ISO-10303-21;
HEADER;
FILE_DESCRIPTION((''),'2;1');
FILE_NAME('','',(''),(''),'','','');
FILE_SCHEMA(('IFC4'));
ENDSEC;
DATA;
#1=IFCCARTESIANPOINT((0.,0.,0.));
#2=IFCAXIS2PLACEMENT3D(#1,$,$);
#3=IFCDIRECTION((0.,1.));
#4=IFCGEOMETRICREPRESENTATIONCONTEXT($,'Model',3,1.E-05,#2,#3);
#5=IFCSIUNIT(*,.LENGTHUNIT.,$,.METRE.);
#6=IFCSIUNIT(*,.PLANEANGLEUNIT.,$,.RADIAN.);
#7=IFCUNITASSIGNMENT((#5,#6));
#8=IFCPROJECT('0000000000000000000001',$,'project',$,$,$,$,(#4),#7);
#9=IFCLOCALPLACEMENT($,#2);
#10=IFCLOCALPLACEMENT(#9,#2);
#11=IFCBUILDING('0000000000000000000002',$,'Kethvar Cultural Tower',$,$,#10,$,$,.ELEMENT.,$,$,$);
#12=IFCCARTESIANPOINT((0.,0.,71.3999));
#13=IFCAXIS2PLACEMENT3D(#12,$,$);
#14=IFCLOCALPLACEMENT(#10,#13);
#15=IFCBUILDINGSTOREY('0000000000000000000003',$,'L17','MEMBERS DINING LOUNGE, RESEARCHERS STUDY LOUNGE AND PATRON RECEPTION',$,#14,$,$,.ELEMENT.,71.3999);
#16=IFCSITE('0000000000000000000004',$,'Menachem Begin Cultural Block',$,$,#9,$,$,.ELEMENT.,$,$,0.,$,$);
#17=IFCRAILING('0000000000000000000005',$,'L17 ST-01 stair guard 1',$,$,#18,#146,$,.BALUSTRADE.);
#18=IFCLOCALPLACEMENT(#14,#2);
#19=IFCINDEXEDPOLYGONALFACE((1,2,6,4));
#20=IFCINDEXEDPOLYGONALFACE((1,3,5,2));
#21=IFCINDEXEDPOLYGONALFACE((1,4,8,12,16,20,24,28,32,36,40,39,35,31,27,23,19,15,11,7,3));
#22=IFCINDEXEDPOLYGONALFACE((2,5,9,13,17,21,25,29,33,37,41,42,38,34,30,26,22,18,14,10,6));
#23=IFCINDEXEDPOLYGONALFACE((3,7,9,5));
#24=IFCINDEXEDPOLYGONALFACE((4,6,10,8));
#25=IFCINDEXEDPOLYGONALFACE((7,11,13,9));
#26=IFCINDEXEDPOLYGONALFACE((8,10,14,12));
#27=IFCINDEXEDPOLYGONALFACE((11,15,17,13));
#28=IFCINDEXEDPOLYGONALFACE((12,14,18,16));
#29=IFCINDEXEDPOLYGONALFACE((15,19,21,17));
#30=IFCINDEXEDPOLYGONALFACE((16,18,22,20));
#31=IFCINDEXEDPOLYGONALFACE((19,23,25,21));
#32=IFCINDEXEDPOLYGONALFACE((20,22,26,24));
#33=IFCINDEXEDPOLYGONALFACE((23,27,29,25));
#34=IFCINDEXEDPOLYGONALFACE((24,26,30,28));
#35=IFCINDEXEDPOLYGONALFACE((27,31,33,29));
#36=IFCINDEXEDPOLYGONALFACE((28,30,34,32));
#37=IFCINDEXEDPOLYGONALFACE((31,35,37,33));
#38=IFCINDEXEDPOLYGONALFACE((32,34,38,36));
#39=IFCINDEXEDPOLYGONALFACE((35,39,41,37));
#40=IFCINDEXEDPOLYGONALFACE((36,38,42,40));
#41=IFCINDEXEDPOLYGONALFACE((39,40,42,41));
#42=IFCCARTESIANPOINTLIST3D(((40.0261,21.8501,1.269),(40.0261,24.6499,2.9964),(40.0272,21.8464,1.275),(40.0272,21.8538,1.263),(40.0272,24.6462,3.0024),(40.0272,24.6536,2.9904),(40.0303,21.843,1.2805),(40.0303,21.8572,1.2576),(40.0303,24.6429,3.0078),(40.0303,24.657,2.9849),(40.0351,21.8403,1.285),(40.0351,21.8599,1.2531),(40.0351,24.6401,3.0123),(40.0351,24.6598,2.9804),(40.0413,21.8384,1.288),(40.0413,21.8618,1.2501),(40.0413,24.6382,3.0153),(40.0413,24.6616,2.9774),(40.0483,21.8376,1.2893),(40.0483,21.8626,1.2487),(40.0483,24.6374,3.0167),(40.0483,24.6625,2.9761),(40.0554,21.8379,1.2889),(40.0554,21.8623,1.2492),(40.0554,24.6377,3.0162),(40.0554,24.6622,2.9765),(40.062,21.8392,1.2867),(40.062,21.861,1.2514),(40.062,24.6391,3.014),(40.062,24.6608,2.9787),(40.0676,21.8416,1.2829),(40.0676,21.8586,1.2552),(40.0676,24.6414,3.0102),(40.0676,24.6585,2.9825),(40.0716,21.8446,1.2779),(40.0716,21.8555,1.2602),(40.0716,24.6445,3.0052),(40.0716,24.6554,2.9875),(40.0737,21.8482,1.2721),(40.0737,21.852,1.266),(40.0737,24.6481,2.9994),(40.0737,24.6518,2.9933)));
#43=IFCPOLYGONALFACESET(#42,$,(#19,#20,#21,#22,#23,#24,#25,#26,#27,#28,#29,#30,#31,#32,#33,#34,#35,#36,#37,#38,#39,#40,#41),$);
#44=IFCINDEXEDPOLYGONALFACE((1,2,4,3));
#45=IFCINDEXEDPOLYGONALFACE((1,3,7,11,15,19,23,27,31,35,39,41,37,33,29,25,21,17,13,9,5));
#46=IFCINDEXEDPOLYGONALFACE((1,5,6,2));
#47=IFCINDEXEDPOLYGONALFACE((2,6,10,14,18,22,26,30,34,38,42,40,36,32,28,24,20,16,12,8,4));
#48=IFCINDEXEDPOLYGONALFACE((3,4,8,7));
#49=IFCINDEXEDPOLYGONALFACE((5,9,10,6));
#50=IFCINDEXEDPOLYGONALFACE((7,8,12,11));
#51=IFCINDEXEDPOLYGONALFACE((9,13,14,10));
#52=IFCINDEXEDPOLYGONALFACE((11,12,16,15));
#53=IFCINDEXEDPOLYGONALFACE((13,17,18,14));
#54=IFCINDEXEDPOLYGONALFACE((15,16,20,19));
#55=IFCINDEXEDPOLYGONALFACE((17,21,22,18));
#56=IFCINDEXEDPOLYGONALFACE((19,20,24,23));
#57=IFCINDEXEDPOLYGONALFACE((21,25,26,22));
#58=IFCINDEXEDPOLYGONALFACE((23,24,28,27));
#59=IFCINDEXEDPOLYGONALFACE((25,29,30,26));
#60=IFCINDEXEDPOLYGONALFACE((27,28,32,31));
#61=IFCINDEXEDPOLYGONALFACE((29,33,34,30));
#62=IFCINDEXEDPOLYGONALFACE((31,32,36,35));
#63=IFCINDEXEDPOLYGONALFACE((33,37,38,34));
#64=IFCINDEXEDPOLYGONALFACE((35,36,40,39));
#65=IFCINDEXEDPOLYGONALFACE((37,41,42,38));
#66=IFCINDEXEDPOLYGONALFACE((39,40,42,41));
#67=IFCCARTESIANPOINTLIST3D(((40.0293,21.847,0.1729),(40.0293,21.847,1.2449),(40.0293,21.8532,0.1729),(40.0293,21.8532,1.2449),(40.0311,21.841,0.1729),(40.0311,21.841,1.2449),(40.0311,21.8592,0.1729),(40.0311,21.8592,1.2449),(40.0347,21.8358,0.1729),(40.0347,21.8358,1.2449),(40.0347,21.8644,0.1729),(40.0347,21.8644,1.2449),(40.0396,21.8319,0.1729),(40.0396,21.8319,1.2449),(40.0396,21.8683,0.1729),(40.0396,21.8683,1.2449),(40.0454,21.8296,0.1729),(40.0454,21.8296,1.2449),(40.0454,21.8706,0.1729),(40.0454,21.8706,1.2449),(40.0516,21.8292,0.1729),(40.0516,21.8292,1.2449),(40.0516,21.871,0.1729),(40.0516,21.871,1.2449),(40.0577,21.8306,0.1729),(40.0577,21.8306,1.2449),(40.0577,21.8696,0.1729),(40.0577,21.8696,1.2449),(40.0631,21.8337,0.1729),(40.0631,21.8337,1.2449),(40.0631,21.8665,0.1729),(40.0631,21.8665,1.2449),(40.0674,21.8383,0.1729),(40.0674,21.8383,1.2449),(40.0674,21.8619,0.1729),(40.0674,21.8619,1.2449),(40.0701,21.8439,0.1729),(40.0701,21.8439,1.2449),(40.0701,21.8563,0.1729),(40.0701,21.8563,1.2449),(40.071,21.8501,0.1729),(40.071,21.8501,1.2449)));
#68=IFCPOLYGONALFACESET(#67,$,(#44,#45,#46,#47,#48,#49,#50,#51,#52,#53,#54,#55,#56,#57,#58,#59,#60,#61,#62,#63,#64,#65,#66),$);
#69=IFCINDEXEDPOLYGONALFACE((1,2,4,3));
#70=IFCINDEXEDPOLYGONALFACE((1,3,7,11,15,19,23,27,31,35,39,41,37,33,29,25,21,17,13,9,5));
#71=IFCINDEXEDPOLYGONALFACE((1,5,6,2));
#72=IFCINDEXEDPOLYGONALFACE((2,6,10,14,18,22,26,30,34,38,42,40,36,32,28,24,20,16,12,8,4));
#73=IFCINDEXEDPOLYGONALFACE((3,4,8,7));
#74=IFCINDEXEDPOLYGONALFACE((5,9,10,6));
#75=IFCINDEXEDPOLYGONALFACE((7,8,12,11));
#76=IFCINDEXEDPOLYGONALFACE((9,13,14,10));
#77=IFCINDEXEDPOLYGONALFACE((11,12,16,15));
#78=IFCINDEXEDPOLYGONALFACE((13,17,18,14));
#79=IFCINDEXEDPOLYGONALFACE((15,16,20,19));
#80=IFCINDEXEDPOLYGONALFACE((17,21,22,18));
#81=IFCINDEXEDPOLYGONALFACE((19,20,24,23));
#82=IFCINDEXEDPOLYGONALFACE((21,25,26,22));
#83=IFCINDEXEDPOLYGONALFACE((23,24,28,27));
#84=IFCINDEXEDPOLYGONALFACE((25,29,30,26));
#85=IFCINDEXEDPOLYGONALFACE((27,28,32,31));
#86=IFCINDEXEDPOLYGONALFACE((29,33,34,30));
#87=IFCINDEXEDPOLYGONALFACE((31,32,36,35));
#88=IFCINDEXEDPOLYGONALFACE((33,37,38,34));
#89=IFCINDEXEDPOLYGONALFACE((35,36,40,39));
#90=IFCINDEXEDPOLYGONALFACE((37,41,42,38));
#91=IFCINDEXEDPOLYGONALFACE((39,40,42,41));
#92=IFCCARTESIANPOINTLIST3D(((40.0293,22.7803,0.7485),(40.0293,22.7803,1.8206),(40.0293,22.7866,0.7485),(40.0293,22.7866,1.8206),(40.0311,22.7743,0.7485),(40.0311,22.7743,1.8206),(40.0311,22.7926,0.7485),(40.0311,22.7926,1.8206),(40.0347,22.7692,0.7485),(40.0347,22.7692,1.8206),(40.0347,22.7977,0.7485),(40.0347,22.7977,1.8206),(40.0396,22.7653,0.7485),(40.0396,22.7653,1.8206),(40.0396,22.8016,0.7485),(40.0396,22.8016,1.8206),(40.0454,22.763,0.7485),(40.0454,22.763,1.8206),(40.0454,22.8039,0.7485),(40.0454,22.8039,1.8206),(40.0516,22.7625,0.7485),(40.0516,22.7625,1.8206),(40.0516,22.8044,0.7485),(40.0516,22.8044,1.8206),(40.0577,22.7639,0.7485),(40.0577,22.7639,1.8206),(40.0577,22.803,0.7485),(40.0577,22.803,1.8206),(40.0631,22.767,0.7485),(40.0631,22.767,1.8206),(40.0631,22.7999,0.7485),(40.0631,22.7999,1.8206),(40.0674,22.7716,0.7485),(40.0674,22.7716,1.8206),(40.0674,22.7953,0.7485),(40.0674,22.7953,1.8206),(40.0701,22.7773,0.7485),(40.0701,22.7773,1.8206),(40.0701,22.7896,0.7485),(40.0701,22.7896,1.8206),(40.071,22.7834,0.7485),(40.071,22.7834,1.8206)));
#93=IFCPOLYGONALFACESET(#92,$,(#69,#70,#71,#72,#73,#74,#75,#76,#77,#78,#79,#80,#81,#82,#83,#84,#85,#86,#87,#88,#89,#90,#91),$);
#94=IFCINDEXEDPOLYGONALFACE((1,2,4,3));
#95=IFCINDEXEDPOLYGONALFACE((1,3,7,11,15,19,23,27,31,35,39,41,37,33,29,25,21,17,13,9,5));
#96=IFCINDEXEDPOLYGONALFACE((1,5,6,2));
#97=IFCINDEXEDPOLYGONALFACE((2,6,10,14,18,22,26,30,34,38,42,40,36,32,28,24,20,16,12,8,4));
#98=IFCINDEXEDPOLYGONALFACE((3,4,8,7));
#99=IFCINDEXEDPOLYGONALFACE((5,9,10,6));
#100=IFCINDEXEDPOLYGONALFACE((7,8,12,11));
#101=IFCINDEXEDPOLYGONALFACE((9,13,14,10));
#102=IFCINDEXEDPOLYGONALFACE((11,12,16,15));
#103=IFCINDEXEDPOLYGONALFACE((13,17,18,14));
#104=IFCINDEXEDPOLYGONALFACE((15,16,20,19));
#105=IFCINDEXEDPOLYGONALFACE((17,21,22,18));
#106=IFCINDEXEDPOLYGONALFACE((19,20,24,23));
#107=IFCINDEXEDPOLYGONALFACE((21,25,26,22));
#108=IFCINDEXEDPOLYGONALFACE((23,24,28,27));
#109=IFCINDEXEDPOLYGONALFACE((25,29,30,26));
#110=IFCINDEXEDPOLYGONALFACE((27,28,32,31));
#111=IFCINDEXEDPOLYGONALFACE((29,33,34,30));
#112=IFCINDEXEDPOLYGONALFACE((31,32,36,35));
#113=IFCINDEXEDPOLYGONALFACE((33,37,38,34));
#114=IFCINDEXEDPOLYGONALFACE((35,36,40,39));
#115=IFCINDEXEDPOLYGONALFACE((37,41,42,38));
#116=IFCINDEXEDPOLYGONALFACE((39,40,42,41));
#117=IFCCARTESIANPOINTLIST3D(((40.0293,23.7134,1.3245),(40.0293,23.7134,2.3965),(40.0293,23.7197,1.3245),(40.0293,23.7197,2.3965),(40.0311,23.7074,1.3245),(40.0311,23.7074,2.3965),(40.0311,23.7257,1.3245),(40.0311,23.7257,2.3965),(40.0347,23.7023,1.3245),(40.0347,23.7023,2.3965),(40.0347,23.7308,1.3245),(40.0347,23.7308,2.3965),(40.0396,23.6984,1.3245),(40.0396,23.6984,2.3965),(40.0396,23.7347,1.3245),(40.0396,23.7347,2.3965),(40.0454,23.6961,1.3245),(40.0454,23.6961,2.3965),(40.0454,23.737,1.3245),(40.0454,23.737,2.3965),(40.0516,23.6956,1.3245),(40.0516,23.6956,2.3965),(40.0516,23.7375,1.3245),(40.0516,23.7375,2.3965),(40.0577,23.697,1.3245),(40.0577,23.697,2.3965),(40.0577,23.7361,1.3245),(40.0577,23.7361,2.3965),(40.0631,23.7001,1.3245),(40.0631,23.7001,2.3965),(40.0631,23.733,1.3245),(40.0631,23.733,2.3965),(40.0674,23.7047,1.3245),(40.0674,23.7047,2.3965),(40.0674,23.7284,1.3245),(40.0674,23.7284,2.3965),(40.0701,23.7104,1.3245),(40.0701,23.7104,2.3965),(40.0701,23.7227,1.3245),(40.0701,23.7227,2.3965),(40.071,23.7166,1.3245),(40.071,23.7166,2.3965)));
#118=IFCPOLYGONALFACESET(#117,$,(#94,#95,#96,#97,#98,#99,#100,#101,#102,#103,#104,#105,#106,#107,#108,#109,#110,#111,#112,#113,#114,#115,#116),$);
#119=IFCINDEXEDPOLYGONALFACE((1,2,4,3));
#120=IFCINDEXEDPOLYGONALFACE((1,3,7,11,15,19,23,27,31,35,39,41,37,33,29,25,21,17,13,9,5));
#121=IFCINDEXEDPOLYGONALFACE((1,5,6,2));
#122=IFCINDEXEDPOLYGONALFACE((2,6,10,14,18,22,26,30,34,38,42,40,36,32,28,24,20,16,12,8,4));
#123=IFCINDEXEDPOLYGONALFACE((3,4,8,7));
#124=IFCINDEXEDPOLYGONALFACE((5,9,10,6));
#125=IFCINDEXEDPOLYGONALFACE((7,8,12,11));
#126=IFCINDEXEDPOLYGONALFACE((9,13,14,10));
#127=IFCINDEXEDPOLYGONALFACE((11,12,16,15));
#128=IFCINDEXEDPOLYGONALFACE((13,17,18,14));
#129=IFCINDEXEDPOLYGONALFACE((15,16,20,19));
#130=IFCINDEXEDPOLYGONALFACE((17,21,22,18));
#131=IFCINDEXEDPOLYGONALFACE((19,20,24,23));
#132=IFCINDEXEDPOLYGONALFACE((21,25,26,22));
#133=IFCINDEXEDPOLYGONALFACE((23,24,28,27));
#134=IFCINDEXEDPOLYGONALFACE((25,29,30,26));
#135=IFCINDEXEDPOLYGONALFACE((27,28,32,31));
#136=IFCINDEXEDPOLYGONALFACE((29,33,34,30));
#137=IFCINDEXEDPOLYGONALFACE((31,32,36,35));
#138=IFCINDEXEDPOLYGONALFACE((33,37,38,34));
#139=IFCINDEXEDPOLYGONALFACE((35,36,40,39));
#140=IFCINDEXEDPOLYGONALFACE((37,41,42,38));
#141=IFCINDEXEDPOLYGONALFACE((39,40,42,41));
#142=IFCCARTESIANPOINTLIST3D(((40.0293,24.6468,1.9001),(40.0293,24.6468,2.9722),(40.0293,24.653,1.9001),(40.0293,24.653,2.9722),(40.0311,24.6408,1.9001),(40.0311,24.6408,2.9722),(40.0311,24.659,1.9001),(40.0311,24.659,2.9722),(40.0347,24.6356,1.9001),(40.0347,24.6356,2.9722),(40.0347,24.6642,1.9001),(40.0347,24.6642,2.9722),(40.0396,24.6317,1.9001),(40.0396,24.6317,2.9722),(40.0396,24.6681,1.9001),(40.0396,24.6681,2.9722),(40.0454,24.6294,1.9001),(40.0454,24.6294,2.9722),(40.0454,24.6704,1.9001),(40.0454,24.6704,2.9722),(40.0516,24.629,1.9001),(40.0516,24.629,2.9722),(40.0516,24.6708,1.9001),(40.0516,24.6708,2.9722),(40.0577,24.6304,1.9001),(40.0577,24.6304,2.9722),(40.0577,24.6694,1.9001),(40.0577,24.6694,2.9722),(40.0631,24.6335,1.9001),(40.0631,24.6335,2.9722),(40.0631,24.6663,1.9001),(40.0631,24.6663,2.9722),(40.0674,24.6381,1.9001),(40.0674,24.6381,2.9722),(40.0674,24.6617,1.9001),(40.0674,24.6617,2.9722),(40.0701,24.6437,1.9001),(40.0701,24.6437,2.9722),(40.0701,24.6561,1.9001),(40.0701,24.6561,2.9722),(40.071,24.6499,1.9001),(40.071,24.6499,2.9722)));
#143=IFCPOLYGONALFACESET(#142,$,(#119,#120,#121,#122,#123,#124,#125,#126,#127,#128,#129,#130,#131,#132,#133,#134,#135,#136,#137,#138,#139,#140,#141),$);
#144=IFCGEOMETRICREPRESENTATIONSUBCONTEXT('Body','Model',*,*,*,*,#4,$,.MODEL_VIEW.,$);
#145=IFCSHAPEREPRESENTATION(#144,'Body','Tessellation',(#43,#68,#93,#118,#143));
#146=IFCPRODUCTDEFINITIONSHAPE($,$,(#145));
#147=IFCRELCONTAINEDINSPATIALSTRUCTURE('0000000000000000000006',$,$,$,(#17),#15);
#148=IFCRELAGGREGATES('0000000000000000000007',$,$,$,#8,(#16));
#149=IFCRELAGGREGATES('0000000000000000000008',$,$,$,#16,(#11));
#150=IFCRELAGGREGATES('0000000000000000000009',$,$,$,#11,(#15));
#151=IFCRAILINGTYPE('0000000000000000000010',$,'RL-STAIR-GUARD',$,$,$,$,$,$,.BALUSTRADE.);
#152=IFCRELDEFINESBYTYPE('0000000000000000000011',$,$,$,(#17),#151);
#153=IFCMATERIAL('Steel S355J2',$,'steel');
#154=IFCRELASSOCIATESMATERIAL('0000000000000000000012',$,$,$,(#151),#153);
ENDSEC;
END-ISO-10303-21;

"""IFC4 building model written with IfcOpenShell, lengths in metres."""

from ifc_helpers import new_model, si_unit, direction, frame, origin, origin_2d, place, context, subcontext, project, spatial, circle, extrude, material, type_object, element, save


model = new_model("IFC4")

# Units and contexts
model_context = context("Model", 3, precision=1e-05, world=origin(), true_north=direction((0.0, 1.0)))
body_context = subcontext(model_context, "Body", "Model", "MODEL_VIEW")
ifc_project = project(units=[si_unit("LENGTHUNIT", "METRE"), si_unit("PLANEANGLEUNIT", "RADIAN")], contexts=[model_context])

# Site, building, storey
site_placement = place(None, origin())
site = spatial("IfcSite", under=ifc_project, at=site_placement, Name="Menachem Begin Cultural Block", CompositionType="ELEMENT", RefElevation=0.0)
building_placement = place(site_placement, origin())
building = spatial("IfcBuilding", under=site, at=building_placement, Name="Kethvar Cultural Tower", CompositionType="ELEMENT")
storey_placement = place(building_placement, frame((0.0, 0.0, 71.3999)))
storey = spatial("IfcBuildingStorey", under=building, at=storey_placement, Name="L17", Description="MEMBERS DINING LOUNGE, RESEARCHERS STUDY LOUNGE AND PATRON RECEPTION", CompositionType="ELEMENT", Elevation=71.3999)

# Shared definitions
ifc_material_1 = material(Name="Steel S355J2", Category="steel")

# Railing
railing_type_1 = type_object("IfcRailingType", Name="RL-STAIR-GUARD", PredefinedType="BALUSTRADE", material=ifc_material_1)
railing_1_placement = place(storey_placement, frame((40.05, 21.8501, 0.1729)))
element("IfcRailing", 1, at=railing_1_placement, inside=storey, type_object=railing_type_1, Name="L17 ST-01 stair guard 1", PredefinedType="BALUSTRADE", context=body_context, shape_type="SweptSolid", body=[
    extrude(circle(Radius=0.0239, at=origin_2d()), frame((0.0, 0.0, 1.0962), z_axis=(0.0, 0.851069, 0.525054), x_axis=(-1.0, 0.0, 0.0)), (0.0, 0.0, 1.0), 3.2898),
    extrude(circle(Radius=0.021, at=origin_2d()), origin(), (0.0, 0.0, 1.0), 1.072),
    extrude(circle(Radius=0.021, at=origin_2d()), frame((0.0, 0.9333, 0.5757)), (0.0, 0.0, 1.0), 1.072),
    extrude(circle(Radius=0.021, at=origin_2d()), frame((0.0, 1.8665, 1.1516)), (0.0, 0.0, 1.0), 1.072),
    extrude(circle(Radius=0.021, at=origin_2d()), frame((0.0, 2.7998, 1.7273)), (0.0, 0.0, 1.0), 1.072),
])

save(model, "model.ifc")
